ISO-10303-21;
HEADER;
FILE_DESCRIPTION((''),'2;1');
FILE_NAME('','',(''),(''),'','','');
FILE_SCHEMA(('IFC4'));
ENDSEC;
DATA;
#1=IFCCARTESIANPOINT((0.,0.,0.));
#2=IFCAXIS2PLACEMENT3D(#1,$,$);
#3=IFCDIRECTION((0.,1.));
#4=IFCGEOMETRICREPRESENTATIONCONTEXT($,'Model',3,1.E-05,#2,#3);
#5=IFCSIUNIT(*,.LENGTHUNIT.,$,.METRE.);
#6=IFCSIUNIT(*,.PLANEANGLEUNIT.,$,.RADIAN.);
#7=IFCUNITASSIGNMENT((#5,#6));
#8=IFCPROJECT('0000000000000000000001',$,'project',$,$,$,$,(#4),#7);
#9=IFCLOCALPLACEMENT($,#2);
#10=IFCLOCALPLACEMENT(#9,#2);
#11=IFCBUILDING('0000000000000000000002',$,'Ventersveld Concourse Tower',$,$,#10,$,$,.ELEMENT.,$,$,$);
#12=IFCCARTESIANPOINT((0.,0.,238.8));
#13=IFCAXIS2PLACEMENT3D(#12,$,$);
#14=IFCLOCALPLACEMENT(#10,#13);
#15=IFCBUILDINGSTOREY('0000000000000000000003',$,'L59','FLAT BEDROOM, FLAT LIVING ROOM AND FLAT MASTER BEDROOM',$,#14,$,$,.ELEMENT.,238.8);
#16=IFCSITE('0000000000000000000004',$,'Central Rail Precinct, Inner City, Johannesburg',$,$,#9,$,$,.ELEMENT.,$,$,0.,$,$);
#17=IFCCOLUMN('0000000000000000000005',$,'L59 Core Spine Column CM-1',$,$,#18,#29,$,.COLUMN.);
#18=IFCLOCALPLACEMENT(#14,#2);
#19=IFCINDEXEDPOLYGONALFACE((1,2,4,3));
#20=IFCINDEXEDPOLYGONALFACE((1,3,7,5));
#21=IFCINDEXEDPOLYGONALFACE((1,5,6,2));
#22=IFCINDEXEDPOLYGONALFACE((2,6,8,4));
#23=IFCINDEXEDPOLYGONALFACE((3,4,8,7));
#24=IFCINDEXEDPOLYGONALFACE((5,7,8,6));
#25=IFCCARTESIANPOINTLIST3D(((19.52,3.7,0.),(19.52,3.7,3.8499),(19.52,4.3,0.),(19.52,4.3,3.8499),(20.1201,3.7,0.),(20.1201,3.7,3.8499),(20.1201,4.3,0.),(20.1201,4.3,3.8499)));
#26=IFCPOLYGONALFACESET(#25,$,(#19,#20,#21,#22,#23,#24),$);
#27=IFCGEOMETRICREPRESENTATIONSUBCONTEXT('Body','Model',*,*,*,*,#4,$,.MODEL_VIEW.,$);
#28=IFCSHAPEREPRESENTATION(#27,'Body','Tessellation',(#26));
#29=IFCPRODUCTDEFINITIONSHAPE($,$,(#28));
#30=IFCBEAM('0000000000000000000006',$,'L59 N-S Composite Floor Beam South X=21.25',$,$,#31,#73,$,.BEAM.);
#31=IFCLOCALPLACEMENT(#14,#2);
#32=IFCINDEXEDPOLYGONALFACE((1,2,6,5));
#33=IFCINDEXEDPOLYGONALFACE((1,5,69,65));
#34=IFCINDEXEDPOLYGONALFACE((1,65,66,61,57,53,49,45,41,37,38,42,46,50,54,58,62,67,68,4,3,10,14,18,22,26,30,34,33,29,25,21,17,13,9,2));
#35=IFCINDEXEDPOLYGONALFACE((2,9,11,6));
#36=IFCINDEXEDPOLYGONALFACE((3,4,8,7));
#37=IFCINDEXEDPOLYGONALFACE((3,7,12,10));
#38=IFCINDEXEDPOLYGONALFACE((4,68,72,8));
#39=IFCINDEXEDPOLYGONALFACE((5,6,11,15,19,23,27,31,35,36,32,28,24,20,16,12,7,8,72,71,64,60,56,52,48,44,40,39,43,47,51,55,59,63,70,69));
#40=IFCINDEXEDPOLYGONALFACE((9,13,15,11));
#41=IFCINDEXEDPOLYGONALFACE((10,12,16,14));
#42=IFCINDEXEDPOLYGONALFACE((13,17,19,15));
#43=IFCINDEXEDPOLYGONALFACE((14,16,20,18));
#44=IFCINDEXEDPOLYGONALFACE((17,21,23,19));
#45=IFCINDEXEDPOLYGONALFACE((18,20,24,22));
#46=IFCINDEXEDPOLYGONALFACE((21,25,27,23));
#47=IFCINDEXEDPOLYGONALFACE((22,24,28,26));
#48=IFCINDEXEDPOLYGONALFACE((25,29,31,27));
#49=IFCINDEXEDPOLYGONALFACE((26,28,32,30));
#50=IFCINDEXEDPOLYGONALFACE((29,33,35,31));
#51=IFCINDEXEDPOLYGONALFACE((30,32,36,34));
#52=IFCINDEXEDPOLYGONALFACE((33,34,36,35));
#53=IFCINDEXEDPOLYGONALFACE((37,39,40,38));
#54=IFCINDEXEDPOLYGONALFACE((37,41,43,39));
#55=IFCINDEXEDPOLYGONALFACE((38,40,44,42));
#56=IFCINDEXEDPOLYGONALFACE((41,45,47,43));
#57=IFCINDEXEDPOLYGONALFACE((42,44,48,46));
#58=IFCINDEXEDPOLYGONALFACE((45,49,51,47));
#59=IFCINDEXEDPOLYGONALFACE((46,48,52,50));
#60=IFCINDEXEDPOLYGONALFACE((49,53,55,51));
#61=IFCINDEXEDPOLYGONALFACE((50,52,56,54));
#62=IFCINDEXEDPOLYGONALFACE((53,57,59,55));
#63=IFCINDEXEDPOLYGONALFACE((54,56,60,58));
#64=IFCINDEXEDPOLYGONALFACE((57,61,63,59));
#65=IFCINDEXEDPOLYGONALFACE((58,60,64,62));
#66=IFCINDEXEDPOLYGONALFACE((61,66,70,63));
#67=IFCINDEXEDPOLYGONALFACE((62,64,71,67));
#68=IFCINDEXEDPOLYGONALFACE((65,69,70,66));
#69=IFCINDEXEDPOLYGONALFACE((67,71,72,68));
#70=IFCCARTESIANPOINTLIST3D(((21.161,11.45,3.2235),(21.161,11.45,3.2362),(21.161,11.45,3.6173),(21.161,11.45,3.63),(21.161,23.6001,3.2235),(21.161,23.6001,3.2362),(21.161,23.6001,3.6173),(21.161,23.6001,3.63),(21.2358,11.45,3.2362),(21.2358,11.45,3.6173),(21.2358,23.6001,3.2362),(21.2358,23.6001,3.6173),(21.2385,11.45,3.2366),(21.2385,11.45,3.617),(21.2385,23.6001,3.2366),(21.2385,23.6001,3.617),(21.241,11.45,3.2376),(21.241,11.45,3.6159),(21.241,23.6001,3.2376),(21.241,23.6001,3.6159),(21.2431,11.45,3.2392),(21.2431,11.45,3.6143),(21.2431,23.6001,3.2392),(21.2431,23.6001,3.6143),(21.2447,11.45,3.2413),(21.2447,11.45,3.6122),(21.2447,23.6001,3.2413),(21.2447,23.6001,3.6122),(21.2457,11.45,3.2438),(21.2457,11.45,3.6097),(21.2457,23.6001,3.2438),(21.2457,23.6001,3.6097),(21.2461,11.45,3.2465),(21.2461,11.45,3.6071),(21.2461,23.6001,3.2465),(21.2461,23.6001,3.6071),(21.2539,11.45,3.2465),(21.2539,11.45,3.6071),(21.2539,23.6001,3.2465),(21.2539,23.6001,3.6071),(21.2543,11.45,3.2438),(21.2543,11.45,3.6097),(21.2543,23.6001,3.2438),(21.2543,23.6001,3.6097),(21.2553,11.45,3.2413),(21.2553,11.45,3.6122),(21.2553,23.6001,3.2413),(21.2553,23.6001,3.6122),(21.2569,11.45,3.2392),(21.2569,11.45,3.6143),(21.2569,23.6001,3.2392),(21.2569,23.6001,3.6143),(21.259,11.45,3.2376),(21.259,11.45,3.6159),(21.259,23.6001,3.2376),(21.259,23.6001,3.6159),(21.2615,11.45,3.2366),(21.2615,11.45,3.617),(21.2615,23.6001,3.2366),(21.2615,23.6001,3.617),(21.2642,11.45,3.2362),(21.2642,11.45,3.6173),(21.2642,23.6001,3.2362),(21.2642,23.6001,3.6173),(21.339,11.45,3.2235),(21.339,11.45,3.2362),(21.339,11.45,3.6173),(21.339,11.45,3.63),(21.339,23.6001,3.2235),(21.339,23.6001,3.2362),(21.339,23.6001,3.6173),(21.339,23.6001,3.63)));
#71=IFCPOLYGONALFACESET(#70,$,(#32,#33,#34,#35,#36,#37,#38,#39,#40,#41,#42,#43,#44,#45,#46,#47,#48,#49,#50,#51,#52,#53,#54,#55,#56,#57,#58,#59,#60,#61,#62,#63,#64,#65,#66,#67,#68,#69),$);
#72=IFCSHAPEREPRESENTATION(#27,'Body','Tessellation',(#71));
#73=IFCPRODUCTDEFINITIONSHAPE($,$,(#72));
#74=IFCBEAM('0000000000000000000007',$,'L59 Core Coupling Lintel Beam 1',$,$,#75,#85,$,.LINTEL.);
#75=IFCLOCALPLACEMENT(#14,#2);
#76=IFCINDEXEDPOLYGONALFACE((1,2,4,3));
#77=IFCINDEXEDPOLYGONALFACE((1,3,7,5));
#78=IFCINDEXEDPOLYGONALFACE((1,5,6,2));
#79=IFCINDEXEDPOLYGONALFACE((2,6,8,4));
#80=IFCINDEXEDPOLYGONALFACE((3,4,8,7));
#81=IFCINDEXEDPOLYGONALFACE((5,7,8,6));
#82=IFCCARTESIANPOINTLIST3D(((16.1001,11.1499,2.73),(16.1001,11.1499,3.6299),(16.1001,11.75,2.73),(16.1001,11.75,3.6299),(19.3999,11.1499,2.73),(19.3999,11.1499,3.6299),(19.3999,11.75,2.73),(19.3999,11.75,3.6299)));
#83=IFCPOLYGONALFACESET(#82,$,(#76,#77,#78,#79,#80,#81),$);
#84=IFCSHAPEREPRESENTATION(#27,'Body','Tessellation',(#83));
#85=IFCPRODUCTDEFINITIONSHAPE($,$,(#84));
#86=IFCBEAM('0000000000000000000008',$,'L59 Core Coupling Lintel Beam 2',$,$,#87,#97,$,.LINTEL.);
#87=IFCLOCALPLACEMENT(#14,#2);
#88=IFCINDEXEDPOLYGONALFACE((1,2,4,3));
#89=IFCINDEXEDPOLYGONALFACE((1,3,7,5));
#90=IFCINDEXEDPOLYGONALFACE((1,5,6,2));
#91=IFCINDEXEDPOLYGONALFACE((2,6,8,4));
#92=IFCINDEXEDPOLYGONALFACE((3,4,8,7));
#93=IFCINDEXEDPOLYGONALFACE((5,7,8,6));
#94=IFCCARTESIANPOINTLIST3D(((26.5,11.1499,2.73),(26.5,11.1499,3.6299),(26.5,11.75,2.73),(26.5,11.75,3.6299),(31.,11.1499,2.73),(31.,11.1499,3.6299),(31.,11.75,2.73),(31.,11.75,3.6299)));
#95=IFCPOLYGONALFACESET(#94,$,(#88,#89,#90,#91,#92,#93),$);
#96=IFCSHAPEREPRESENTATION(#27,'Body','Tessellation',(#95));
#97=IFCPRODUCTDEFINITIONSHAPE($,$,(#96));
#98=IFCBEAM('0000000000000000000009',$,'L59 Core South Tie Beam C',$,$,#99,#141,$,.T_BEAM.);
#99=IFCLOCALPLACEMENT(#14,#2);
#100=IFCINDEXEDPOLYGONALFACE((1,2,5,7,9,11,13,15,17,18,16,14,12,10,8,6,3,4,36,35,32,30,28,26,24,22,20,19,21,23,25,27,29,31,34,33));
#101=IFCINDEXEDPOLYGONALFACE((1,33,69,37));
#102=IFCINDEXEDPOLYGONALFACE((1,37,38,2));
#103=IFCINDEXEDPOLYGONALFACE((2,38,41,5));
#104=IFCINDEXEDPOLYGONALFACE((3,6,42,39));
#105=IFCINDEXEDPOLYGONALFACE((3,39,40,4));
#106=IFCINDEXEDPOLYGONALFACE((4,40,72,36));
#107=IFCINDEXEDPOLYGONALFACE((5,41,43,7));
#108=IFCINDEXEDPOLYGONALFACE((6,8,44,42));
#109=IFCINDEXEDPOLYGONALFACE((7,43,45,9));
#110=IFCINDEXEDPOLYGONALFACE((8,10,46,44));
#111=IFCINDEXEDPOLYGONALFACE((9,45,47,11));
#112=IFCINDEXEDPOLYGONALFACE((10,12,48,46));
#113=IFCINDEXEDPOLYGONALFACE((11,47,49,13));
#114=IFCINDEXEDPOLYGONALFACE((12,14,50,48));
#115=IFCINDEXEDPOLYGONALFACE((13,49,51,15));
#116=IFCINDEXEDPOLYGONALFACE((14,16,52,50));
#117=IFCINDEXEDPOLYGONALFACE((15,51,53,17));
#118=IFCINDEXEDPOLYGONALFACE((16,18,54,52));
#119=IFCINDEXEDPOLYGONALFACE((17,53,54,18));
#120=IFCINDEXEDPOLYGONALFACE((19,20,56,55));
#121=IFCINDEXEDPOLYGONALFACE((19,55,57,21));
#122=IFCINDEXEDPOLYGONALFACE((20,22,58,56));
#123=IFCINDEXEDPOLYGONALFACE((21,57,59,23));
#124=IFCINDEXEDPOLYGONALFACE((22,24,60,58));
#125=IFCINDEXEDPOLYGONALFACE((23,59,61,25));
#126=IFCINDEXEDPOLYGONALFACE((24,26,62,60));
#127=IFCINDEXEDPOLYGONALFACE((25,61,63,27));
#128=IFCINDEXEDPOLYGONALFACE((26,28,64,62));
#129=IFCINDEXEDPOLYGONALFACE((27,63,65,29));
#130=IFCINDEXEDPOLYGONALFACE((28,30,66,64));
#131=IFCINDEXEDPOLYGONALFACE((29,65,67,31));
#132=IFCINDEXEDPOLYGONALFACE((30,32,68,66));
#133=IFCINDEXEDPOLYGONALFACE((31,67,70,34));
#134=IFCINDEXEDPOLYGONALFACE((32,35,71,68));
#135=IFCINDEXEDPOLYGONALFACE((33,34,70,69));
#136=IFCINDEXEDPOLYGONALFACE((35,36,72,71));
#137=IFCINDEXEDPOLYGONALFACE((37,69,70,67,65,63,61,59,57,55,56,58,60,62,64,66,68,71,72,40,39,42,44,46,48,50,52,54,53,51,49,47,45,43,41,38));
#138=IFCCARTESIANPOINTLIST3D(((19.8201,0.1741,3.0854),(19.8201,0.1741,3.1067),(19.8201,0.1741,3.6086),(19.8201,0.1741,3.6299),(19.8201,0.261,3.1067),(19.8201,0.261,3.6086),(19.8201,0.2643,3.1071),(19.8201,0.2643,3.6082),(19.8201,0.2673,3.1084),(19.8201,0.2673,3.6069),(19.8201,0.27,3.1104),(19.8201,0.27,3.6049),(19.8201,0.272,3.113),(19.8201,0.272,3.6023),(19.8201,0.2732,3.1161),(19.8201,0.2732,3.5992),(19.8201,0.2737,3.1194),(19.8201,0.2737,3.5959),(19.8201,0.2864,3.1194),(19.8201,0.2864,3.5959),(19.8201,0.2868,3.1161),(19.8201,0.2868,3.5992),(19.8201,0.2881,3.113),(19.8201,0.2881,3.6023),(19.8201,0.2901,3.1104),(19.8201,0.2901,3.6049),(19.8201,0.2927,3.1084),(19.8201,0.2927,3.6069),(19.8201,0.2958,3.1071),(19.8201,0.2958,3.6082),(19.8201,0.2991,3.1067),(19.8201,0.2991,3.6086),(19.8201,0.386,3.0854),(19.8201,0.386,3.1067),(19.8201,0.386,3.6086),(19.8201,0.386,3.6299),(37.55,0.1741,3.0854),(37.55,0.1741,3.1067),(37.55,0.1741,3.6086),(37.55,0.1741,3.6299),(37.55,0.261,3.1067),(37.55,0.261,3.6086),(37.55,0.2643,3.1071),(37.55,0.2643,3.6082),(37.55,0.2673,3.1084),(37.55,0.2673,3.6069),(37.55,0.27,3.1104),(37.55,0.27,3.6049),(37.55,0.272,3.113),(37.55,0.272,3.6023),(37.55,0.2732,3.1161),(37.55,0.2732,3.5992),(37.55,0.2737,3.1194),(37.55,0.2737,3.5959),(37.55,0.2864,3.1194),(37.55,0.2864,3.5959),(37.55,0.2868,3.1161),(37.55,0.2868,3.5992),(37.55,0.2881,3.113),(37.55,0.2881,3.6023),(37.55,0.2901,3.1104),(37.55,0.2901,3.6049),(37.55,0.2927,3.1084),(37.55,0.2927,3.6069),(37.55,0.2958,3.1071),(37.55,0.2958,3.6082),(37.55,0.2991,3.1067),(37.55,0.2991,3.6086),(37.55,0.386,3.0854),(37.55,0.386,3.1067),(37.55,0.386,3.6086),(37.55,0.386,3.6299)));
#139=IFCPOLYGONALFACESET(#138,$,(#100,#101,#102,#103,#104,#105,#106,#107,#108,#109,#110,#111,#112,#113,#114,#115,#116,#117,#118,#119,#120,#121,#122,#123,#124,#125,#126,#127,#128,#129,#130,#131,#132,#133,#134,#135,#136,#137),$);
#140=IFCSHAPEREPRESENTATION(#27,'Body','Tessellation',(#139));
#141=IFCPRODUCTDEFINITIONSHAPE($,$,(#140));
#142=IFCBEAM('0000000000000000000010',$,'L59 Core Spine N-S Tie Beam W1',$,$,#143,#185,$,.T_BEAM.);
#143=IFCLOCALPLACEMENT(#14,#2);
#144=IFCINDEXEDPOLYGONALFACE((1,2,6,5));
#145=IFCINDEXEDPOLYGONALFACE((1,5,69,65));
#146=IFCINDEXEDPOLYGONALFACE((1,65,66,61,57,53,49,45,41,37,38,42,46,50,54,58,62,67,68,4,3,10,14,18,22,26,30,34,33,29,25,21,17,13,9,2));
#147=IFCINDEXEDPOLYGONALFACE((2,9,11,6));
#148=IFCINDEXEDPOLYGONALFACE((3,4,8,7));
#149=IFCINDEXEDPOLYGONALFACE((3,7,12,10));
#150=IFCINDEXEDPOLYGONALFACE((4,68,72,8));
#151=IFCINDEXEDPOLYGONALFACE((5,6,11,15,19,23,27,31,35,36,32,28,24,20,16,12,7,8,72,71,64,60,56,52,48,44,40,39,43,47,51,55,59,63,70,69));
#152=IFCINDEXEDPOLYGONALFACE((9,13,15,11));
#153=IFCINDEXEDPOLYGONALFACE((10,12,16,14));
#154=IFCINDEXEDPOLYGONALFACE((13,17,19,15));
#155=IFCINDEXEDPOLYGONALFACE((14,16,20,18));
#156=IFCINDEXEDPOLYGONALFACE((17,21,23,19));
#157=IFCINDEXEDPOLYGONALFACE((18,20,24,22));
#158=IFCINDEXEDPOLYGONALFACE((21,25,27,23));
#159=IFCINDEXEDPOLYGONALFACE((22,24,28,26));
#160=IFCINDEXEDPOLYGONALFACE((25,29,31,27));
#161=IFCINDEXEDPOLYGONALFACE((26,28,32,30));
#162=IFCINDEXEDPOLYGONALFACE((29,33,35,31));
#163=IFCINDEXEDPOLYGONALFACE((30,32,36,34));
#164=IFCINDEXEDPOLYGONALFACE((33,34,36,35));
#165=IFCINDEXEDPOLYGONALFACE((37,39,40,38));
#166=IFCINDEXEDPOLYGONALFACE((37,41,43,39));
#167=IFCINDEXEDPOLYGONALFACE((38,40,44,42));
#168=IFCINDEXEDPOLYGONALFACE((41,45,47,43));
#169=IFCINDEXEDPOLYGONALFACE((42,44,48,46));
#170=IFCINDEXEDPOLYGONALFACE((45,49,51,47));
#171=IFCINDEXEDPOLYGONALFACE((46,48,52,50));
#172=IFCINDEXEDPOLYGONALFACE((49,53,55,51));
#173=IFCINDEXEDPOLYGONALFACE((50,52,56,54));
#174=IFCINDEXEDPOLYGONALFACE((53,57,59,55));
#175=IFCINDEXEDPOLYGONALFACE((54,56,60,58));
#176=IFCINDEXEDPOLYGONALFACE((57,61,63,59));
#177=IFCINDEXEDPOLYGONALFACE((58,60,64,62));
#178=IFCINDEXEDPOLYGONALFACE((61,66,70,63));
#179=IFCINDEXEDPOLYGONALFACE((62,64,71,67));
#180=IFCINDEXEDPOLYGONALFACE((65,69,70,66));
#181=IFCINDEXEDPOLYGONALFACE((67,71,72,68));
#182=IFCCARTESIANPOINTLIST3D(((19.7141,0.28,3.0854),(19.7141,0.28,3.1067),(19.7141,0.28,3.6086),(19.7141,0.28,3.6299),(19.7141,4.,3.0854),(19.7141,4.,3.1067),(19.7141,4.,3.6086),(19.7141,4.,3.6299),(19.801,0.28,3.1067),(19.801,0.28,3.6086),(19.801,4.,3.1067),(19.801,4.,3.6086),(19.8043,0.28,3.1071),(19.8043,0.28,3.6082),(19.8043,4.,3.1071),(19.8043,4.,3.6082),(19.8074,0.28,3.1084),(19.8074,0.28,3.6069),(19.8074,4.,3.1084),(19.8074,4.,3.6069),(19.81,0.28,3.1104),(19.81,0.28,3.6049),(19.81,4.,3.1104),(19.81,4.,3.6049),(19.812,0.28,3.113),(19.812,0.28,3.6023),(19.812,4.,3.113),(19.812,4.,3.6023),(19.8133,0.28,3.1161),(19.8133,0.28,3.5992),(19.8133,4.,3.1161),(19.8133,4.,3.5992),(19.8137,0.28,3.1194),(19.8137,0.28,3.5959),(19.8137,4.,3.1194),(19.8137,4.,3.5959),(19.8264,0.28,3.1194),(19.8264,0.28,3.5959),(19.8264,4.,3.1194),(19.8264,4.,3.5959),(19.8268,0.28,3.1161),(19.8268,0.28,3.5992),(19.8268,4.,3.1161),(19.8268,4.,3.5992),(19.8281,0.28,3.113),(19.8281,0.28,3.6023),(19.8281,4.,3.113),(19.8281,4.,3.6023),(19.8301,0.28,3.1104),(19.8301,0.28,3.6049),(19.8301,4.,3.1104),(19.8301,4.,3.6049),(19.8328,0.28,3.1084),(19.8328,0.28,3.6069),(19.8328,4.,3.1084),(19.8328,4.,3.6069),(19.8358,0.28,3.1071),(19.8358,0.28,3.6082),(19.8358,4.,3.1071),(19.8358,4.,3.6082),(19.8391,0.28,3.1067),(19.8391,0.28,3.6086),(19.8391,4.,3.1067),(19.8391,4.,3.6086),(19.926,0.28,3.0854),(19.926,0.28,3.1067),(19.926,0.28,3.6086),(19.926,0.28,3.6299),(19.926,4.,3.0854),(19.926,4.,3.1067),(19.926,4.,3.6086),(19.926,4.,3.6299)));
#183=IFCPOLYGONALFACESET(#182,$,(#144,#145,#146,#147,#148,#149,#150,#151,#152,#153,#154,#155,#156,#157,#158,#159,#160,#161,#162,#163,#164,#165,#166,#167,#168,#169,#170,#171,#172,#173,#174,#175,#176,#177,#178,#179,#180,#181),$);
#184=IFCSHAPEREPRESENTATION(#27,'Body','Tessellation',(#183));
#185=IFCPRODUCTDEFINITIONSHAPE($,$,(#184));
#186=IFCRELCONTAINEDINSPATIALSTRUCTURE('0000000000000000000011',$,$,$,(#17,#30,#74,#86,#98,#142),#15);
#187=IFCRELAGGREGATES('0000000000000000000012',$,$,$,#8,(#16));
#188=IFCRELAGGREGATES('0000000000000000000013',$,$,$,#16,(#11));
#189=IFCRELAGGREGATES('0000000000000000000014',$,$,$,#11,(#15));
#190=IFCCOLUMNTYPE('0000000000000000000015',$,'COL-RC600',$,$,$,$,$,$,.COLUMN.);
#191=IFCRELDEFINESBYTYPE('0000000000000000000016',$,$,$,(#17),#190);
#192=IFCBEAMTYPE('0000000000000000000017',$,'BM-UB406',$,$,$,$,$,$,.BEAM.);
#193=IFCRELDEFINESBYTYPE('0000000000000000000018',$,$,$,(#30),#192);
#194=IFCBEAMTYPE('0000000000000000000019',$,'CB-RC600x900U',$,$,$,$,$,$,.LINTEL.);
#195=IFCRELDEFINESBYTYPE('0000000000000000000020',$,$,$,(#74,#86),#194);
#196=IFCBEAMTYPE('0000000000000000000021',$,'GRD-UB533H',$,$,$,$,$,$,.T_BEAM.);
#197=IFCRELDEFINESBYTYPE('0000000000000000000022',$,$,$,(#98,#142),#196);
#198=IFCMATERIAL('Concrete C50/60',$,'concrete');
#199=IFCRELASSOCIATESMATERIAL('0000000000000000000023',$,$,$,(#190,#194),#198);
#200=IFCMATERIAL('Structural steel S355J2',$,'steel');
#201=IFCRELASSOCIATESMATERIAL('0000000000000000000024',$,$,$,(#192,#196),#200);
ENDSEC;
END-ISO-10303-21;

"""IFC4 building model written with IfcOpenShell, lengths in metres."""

from ifc_helpers import new_model, si_unit, direction, frame, origin, origin_2d, place, context, subcontext, project, spatial, rectangle, i_section, extrude, material, material_profile, profile_set, type_object, element, save


model = new_model("IFC4")

# Units and contexts
model_context = context("Model", 3, precision=1e-05, world=origin(), true_north=direction((0.0, 1.0)))
body_context = subcontext(model_context, "Body", "Model", "MODEL_VIEW")
ifc_project = project(units=[si_unit("LENGTHUNIT", "METRE"), si_unit("PLANEANGLEUNIT", "RADIAN")], contexts=[model_context])

# Site, building, storey
site_placement = place(None, origin())
site = spatial("IfcSite", under=ifc_project, at=site_placement, Name="Central Rail Precinct, Inner City, Johannesburg", CompositionType="ELEMENT", RefElevation=0.0)
building_placement = place(site_placement, origin())
building = spatial("IfcBuilding", under=site, at=building_placement, Name="Ventersveld Concourse Tower", CompositionType="ELEMENT")
storey_placement = place(building_placement, frame((0.0, 0.0, 238.8)))
storey = spatial("IfcBuildingStorey", under=building, at=storey_placement, Name="L59", Description="FLAT BEDROOM, FLAT LIVING ROOM AND FLAT MASTER BEDROOM", CompositionType="ELEMENT", Elevation=238.8)

# Column
ifc_material_1 = material(Name="Concrete C50/60", Category="concrete")
ifc_material_profile_1 = material_profile(ifc_material_1, rectangle(XDim=0.6001, YDim=0.6001, at=origin_2d()), Name="RC 600x600")
ifc_profile_set_1 = profile_set([ifc_material_profile_1], Name="Concrete C50/60")
column_type = type_object("IfcColumnType", Name="COL-RC600", PredefinedType="COLUMN", material=ifc_profile_set_1)
column_placement = place(storey_placement, frame((19.8201, 4.0, 0.0), z_axis=(0.0, 0.0, 1.0), x_axis=(1.0, 0.0, 0.0)))
element("IfcColumn", 1, at=column_placement, inside=storey, type_object=column_type, Name="L59 Core Spine Column CM-1", PredefinedType="COLUMN", context=body_context, shape_type="SweptSolid", body=[
    extrude(rectangle(XDim=0.6001, YDim=0.6001, at=origin_2d()), origin(), (0.0, 0.0, 1.0), 3.8499),
])

# Beams
ifc_material_2 = material(Name="Structural steel S355J2", Category="steel")
ifc_material_profile_2 = material_profile(ifc_material_2, i_section(OverallWidth=0.178, OverallDepth=0.4065, WebThickness=0.0078, FlangeThickness=0.0127, FilletRadius=0.0103, at=origin_2d()), Name="UB 406x178x60")
ifc_profile_set_2 = profile_set([ifc_material_profile_2], Name="Structural steel S355J2")
beam_type_1 = type_object("IfcBeamType", Name="BM-UB406", PredefinedType="BEAM", material=ifc_profile_set_2)
beam_1_placement = place(storey_placement, frame((21.25, 11.45, 3.4268), z_axis=(0.0, 1.0, 0.0), x_axis=(-1.0, 0.0, 0.0)))
element("IfcBeam", 2, at=beam_1_placement, inside=storey, type_object=beam_type_1, Name="L59 N-S Composite Floor Beam South X=21.25", PredefinedType="BEAM", context=body_context, shape_type="SweptSolid", body=[
    extrude(i_section(OverallWidth=0.178, OverallDepth=0.4065, WebThickness=0.0078, FlangeThickness=0.0127, FilletRadius=0.0103, at=origin_2d()), origin(), (0.0, 0.0, 1.0), 12.1501),
])
ifc_material_profile_3 = material_profile(ifc_material_1, rectangle(XDim=0.6001, YDim=0.8999, at=origin_2d()), Name="RC 600x900")
ifc_profile_set_3 = profile_set([ifc_material_profile_3], Name="Concrete C50/60")
beam_type_2 = type_object("IfcBeamType", Name="CB-RC600x900U", PredefinedType="LINTEL", material=ifc_profile_set_3)
beam_2_placement = place(storey_placement, frame((16.1001, 11.45, 3.1799), z_axis=(1.0, 0.0, 0.0), x_axis=(0.0, 1.0, 0.0)))
element("IfcBeam", 3, at=beam_2_placement, inside=storey, type_object=beam_type_2, Name="L59 Core Coupling Lintel Beam 1", PredefinedType="LINTEL", context=body_context, shape_type="SweptSolid", body=[
    extrude(rectangle(XDim=0.6001, YDim=0.8999, at=origin_2d()), origin(), (0.0, 0.0, 1.0), 3.2998),
])
beam_3_placement = place(storey_placement, frame((26.5, 11.45, 3.1799), z_axis=(1.0, 0.0, 0.0), x_axis=(0.0, 1.0, 0.0)))
element("IfcBeam", 4, at=beam_3_placement, inside=storey, type_object=beam_type_2, Name="L59 Core Coupling Lintel Beam 2", PredefinedType="LINTEL", context=body_context, shape_type="SweptSolid", body=[
    extrude(rectangle(XDim=0.6001, YDim=0.8999, at=origin_2d()), origin(), (0.0, 0.0, 1.0), 4.5),
])
ifc_material_profile_4 = material_profile(ifc_material_2, i_section(OverallWidth=0.2119, OverallDepth=0.5444, WebThickness=0.0127, FlangeThickness=0.0212, FilletRadius=0.0127, at=origin_2d()), Name="UB 533x210x122")
ifc_profile_set_4 = profile_set([ifc_material_profile_4], Name="Structural steel S355J2")
beam_type_3 = type_object("IfcBeamType", Name="GRD-UB533H", PredefinedType="T_BEAM", material=ifc_profile_set_4)
beam_4_placement = place(storey_placement, frame((19.8201, 0.28, 3.3577), z_axis=(1.0, 0.0, 0.0), x_axis=(0.0, 1.0, 0.0)))
element("IfcBeam", 5, at=beam_4_placement, inside=storey, type_object=beam_type_3, Name="L59 Core South Tie Beam C", PredefinedType="T_BEAM", context=body_context, shape_type="SweptSolid", body=[
    extrude(i_section(OverallWidth=0.2119, OverallDepth=0.5444, WebThickness=0.0127, FlangeThickness=0.0212, FilletRadius=0.0127, at=origin_2d()), origin(), (0.0, 0.0, 1.0), 17.73),
])
beam_5_placement = place(storey_placement, frame((19.8201, 0.28, 3.3577), z_axis=(0.0, 1.0, 0.0), x_axis=(-1.0, 0.0, 0.0)))
element("IfcBeam", 6, at=beam_5_placement, inside=storey, type_object=beam_type_3, Name="L59 Core Spine N-S Tie Beam W1", PredefinedType="T_BEAM", context=body_context, shape_type="SweptSolid", body=[
    extrude(i_section(OverallWidth=0.2119, OverallDepth=0.5444, WebThickness=0.0127, FlangeThickness=0.0212, FilletRadius=0.0127, at=origin_2d()), origin(), (0.0, 0.0, 1.0), 3.72),
])

save(model, "model.ifc")
